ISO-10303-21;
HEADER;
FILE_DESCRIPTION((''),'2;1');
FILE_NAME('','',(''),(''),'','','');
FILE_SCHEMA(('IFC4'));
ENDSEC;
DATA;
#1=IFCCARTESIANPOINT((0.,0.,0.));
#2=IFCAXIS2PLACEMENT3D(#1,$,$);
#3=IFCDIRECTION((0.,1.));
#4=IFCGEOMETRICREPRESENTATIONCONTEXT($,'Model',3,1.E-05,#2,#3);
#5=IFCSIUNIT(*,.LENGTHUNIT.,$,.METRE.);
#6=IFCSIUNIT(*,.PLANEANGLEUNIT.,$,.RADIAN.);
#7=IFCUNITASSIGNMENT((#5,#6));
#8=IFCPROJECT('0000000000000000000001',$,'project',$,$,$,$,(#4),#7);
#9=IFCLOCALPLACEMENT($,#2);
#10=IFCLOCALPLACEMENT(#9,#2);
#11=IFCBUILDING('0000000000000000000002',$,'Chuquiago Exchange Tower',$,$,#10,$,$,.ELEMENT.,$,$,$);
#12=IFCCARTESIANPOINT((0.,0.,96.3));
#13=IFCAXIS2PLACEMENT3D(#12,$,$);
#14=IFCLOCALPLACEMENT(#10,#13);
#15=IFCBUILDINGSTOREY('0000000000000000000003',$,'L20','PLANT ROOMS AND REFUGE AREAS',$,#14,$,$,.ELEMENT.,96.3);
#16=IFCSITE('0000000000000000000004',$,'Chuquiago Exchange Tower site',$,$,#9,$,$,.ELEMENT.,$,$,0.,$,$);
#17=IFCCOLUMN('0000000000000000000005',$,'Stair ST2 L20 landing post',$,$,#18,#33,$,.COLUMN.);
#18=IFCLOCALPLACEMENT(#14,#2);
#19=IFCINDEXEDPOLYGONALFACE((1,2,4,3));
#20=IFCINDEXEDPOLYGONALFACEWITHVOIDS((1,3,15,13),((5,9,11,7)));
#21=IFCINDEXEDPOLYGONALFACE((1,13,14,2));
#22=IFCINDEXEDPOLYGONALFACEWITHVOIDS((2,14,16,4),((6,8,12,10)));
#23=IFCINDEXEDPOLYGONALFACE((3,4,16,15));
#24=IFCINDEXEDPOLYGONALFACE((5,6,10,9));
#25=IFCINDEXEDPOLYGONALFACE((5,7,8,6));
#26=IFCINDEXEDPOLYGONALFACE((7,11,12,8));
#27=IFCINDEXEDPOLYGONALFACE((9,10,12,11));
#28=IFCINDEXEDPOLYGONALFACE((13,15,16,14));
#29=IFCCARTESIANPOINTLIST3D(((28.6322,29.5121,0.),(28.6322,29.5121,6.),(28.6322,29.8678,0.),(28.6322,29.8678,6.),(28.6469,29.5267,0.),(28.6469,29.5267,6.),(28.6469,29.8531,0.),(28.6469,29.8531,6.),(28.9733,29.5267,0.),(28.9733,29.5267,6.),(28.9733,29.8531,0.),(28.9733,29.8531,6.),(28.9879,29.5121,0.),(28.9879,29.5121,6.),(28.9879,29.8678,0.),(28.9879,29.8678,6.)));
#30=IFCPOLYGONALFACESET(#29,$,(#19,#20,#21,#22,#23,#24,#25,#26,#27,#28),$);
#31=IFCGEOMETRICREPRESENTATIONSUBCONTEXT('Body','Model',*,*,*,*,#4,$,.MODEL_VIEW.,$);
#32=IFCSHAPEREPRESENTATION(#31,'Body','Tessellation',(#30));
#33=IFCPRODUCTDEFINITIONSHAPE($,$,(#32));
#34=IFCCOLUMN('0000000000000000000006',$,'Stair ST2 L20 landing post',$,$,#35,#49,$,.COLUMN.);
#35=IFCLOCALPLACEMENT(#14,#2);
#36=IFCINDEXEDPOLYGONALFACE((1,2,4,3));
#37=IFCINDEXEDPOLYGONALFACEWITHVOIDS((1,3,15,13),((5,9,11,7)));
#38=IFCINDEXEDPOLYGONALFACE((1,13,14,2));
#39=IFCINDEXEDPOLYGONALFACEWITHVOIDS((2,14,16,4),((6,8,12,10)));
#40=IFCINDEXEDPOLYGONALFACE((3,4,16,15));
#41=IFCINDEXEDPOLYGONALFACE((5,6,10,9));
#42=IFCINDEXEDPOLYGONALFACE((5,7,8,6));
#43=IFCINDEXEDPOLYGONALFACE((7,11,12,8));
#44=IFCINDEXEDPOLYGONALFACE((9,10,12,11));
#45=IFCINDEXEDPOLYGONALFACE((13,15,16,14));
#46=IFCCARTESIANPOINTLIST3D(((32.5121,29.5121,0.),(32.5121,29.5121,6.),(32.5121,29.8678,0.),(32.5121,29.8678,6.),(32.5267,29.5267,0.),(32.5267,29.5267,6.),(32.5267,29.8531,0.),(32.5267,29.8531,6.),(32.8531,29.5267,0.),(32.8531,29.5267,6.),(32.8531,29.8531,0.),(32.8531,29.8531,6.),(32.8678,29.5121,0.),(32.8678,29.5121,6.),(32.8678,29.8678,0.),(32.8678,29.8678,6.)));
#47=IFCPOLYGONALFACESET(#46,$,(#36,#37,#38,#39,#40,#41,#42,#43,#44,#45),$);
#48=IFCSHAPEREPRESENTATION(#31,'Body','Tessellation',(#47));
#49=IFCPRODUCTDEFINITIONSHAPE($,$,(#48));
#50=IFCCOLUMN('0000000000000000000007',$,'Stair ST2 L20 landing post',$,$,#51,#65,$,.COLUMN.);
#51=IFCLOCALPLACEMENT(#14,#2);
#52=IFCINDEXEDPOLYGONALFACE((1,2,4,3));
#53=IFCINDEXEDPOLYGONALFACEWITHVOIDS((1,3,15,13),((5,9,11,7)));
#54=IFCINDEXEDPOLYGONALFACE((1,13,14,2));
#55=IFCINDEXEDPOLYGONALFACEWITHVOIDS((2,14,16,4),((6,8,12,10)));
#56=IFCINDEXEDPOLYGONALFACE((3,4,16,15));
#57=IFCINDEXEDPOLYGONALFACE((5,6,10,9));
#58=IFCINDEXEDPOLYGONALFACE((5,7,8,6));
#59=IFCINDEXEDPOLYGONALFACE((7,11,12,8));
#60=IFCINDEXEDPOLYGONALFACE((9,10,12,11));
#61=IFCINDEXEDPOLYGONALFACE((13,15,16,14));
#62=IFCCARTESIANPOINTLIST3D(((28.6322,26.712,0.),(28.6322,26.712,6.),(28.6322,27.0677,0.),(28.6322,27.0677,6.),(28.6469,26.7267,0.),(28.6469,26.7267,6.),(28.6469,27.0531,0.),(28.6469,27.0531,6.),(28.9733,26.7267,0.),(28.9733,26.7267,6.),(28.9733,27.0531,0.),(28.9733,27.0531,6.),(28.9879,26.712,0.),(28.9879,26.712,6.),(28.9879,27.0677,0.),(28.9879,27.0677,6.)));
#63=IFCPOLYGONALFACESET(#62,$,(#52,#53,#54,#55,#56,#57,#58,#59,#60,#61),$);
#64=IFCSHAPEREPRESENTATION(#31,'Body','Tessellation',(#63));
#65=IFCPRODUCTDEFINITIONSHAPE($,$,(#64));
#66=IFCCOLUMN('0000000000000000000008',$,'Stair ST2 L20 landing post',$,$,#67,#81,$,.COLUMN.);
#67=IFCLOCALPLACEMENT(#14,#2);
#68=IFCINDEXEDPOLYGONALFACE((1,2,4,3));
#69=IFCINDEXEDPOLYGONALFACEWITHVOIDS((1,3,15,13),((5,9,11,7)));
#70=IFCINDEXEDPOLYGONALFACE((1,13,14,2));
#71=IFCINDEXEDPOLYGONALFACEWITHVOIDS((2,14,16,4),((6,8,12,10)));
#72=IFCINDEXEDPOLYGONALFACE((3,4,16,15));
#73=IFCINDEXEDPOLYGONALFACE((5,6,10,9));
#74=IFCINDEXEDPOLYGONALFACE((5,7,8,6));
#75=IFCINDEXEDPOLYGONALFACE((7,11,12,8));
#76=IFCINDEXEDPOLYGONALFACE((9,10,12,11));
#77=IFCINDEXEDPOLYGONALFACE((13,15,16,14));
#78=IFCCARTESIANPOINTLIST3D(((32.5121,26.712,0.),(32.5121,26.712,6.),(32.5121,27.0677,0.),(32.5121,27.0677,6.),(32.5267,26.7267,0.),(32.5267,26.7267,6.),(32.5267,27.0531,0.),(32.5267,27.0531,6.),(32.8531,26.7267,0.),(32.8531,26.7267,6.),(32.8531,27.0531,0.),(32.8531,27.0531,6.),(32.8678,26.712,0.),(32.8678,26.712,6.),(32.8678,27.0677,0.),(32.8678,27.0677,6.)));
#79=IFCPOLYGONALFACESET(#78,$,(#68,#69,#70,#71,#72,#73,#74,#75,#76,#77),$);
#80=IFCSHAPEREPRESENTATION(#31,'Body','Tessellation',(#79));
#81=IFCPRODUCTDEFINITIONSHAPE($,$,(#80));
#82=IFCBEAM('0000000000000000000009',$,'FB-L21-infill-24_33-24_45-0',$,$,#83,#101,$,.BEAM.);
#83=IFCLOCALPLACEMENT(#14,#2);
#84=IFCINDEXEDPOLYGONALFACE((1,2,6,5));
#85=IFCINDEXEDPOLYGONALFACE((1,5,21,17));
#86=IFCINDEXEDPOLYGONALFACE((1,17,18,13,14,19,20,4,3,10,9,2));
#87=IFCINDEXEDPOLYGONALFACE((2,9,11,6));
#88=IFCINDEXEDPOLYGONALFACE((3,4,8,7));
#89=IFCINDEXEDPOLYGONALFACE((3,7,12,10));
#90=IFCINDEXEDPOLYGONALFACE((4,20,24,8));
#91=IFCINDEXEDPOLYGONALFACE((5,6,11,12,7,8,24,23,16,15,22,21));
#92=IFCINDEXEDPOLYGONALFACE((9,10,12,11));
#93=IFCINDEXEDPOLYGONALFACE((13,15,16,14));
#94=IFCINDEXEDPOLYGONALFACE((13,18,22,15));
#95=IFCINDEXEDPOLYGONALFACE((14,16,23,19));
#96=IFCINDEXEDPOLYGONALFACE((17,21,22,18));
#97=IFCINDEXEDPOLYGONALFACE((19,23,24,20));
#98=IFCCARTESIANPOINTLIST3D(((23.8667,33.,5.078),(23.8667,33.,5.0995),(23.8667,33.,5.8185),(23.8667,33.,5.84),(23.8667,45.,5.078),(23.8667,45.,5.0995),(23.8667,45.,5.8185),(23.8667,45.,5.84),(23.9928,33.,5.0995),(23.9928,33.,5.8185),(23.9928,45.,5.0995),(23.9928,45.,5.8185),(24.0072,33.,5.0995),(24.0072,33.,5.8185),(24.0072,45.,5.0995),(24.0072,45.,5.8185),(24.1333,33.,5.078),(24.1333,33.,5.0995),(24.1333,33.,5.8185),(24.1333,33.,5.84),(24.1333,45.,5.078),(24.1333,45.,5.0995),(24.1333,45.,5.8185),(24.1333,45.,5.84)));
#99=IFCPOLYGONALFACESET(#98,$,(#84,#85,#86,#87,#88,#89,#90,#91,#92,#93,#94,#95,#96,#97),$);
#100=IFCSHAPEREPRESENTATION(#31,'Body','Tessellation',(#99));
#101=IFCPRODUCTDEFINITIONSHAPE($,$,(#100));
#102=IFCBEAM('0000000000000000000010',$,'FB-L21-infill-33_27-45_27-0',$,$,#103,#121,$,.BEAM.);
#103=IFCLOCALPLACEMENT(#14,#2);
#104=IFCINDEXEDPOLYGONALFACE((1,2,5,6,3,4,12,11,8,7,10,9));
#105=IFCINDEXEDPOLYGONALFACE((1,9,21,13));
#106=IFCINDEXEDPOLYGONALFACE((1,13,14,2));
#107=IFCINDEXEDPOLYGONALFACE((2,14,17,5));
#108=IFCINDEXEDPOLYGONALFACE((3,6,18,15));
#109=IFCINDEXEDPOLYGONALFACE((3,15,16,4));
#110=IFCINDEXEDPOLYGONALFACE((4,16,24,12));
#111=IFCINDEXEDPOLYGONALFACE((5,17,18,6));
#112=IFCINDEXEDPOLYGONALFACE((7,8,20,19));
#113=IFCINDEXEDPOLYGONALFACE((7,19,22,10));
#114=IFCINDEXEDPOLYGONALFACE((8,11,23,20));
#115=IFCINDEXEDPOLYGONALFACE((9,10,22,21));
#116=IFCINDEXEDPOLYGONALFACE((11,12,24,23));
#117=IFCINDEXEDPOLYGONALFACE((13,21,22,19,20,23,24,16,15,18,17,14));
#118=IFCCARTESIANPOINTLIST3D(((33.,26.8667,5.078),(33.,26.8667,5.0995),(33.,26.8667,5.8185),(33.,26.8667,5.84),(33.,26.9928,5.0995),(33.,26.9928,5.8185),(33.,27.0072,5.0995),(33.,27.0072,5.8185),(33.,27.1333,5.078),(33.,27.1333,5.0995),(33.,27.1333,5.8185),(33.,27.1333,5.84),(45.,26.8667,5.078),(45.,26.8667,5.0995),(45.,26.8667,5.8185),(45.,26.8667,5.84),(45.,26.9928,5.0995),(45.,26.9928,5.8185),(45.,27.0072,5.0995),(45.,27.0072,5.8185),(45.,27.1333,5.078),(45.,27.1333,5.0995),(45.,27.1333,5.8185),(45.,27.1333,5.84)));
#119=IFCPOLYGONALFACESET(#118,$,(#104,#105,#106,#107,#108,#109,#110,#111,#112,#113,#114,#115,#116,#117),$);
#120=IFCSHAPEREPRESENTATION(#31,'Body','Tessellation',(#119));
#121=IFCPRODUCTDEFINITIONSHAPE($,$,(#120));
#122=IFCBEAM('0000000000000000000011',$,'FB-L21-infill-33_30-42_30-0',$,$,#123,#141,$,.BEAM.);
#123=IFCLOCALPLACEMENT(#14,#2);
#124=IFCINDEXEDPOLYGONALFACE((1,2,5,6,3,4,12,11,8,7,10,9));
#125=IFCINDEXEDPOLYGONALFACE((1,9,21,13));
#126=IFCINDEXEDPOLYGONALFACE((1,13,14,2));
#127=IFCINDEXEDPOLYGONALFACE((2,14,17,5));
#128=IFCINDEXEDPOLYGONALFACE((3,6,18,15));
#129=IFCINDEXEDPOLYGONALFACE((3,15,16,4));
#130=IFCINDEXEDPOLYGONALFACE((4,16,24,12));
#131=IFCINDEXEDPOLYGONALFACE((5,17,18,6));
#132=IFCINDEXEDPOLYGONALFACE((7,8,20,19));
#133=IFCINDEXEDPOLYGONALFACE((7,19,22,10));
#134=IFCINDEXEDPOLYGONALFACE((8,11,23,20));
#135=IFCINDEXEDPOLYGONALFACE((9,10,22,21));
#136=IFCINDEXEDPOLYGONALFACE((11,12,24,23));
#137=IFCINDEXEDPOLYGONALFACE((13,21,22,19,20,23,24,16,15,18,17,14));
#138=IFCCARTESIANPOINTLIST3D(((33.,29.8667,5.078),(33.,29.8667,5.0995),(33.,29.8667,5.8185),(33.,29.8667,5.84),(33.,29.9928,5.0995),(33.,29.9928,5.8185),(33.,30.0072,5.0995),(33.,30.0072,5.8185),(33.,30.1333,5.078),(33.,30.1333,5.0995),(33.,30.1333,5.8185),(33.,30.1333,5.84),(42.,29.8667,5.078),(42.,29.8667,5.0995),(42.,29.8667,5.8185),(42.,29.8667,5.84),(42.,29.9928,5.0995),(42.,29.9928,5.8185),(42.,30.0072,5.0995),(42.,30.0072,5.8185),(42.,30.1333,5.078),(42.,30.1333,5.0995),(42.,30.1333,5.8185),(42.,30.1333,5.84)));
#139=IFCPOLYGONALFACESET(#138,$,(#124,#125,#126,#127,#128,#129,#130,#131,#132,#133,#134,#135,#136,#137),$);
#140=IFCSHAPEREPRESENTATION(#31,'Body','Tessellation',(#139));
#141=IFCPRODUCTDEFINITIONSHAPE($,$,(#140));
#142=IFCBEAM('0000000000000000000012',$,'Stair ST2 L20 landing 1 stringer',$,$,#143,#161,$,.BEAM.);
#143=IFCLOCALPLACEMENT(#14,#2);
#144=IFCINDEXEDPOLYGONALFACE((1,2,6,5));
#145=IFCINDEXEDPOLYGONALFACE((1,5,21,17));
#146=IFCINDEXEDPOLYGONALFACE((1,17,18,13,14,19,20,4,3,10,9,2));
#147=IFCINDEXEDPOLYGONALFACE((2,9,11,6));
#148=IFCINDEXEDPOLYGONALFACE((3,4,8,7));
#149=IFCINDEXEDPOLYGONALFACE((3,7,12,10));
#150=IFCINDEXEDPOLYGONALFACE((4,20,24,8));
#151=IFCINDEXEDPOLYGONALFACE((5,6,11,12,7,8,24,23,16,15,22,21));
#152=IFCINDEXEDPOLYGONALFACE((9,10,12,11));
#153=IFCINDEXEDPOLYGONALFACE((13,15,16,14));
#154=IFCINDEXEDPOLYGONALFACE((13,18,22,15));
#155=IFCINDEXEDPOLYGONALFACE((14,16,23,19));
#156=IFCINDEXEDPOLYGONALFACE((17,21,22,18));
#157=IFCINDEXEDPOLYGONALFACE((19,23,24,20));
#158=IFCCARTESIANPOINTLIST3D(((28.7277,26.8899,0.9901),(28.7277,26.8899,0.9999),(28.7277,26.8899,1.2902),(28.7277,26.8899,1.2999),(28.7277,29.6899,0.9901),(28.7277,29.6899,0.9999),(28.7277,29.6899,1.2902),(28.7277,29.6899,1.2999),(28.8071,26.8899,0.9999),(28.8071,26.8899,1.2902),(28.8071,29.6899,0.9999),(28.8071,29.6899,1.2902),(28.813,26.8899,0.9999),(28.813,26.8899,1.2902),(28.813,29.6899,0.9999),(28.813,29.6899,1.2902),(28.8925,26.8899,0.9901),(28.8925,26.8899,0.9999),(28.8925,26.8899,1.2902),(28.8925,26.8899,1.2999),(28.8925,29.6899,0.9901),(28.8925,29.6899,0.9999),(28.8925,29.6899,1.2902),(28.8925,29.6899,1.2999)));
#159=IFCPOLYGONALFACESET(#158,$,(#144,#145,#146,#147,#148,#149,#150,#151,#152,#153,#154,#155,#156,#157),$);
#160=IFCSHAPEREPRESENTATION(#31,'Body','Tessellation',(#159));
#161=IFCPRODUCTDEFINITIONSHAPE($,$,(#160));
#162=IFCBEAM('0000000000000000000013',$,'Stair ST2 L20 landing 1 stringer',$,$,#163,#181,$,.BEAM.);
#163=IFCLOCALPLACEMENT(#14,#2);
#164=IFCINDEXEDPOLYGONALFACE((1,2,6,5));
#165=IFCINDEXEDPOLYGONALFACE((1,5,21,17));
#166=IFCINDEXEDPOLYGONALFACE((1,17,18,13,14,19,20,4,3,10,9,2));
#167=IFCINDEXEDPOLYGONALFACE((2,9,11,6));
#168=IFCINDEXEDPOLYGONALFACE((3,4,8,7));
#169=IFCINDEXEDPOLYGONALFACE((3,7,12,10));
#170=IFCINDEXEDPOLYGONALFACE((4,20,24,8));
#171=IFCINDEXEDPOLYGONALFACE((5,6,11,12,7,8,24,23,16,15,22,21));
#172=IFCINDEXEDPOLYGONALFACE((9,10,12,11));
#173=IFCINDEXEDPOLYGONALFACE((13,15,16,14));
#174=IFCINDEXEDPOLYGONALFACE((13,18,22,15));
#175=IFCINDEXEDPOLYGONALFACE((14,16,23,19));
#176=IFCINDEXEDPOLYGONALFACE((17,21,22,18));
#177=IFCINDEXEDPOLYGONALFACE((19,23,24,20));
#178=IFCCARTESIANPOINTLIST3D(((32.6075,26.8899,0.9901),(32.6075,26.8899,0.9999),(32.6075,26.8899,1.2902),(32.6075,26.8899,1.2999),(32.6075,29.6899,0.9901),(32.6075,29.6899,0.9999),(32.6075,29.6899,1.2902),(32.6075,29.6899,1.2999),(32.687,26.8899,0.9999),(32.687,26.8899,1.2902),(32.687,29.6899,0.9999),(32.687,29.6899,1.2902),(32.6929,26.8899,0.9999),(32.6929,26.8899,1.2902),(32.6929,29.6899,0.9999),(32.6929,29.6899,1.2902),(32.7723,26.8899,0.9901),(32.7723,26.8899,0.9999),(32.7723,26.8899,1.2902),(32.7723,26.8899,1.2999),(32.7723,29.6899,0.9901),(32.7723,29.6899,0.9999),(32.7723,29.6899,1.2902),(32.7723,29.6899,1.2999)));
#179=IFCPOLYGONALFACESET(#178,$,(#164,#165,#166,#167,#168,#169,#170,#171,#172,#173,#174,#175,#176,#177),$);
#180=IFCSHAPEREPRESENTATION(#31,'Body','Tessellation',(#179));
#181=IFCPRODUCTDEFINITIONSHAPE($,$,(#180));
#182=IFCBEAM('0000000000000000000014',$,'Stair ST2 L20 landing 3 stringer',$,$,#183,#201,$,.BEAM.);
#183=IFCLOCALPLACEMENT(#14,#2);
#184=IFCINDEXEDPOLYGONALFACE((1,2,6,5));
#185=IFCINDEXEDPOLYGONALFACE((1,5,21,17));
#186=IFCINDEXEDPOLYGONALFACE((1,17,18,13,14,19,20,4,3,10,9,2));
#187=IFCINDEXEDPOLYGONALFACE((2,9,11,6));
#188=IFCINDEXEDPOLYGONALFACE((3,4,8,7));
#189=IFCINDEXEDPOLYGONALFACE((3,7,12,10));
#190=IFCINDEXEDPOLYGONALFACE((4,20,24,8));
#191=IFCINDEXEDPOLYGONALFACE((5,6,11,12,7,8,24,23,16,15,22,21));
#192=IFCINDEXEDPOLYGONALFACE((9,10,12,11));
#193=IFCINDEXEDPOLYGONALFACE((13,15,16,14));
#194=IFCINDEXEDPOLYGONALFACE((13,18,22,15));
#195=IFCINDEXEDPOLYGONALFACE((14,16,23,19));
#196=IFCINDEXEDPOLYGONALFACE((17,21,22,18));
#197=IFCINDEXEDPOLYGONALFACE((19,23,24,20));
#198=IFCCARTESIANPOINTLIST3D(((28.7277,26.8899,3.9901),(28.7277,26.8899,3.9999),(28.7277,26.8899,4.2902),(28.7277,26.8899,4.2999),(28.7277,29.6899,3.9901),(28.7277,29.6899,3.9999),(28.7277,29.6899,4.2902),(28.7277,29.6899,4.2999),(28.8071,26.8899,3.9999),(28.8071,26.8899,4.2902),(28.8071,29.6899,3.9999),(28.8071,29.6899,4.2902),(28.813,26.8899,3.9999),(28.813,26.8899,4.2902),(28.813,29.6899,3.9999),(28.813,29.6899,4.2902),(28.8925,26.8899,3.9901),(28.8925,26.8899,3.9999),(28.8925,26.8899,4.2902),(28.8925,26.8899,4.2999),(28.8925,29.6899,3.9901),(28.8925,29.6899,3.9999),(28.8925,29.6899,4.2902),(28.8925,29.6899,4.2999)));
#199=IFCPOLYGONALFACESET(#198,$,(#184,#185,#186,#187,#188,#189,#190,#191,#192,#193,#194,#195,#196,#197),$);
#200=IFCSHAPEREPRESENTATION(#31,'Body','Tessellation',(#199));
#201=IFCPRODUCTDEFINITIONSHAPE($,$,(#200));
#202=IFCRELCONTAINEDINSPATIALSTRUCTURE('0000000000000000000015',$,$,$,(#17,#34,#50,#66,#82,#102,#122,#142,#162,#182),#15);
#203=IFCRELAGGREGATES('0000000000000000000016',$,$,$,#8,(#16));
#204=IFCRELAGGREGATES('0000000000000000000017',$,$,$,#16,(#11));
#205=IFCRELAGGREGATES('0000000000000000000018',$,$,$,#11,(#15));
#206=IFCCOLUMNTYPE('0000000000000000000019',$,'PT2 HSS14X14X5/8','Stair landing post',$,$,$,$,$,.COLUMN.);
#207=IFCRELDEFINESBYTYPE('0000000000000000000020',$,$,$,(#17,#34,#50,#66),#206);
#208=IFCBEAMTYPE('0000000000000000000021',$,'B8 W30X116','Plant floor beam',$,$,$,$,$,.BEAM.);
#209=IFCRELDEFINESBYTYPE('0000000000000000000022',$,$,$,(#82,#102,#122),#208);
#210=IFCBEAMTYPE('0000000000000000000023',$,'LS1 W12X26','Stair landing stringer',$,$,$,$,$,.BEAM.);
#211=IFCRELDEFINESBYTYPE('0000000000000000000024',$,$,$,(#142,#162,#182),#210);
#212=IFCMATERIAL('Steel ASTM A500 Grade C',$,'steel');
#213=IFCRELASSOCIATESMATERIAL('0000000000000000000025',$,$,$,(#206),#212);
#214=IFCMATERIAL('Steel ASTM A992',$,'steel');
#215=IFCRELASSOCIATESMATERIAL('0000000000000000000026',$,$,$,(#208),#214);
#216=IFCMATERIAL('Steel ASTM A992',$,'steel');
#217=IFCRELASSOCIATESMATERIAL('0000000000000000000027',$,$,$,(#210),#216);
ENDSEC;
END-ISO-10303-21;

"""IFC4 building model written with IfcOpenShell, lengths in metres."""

from ifc_helpers import new_model, si_unit, direction, frame, origin, origin_2d, place, context, subcontext, project, spatial, hollow_rectangle, i_section, extrude, material, material_profile, profile_set, type_object, element, save


model = new_model("IFC4")

# Units and contexts
model_context = context("Model", 3, precision=1e-05, world=origin(), true_north=direction((0.0, 1.0)))
body_context = subcontext(model_context, "Body", "Model", "MODEL_VIEW")
ifc_project = project(units=[si_unit("LENGTHUNIT", "METRE"), si_unit("PLANEANGLEUNIT", "RADIAN")], contexts=[model_context])

# Site, building, storey
site_placement = place(None, origin())
site = spatial("IfcSite", under=ifc_project, at=site_placement, Name="Chuquiago Exchange Tower site", CompositionType="ELEMENT", RefElevation=0.0)
building_placement = place(site_placement, origin())
building = spatial("IfcBuilding", under=site, at=building_placement, Name="Chuquiago Exchange Tower", CompositionType="ELEMENT")
storey_placement = place(building_placement, frame((0.0, 0.0, 96.3)))
storey = spatial("IfcBuildingStorey", under=building, at=storey_placement, Name="L20", Description="PLANT ROOMS AND REFUGE AREAS", CompositionType="ELEMENT", Elevation=96.3)

# Columns
ifc_material_1 = material(Name="Steel ASTM A500 Grade C", Category="steel")
ifc_material_profile_1 = material_profile(ifc_material_1, hollow_rectangle(XDim=0.3557, YDim=0.3557, WallThickness=0.0146, at=origin_2d()), Name="HSS14X14X5/8")
ifc_profile_set_1 = profile_set([ifc_material_profile_1], Name="Steel ASTM A500 Grade C")
column_type = type_object("IfcColumnType", Name="PT2 HSS14X14X5/8", Description="Stair landing post", PredefinedType="COLUMN", material=ifc_profile_set_1)
for number, where, z_axis, x_axis, name in (
    (1, (28.8101, 29.6899, 0.0), (0.0, 0.0, 1.0), (1.0, 0.0, 0.0), "Stair ST2 L20 landing post"),
    (2, (32.6899, 29.6899, 0.0), (0.0, 0.0, 1.0), (1.0, 0.0, 0.0), "Stair ST2 L20 landing post"),
    (3, (28.8101, 26.8899, 0.0), (0.0, 0.0, 1.0), (1.0, 0.0, 0.0), "Stair ST2 L20 landing post"),
    (4, (32.6899, 26.8899, 0.0), (0.0, 0.0, 1.0), (1.0, 0.0, 0.0), "Stair ST2 L20 landing post"),
):
    element("IfcColumn", number, at=place(storey_placement, frame(where, z_axis=z_axis, x_axis=x_axis)), inside=storey, type_object=column_type, Name=name, PredefinedType="COLUMN", context=body_context, shape_type="SweptSolid", body=[
        extrude(hollow_rectangle(XDim=0.3557, YDim=0.3557, WallThickness=0.0146, at=origin_2d()), origin(), (0.0, 0.0, 1.0), 6.0),
    ])

# Beams
ifc_material_2 = material(Name="Steel ASTM A992", Category="steel")
ifc_material_profile_2 = material_profile(ifc_material_2, i_section(OverallWidth=0.2666, OverallDepth=0.762, WebThickness=0.0144, FlangeThickness=0.0215, at=origin_2d()), Name="W30X116")
ifc_profile_set_2 = profile_set([ifc_material_profile_2], Name="Steel ASTM A992")
beam_type_1 = type_object("IfcBeamType", Name="B8 W30X116", Description="Plant floor beam", PredefinedType="BEAM", material=ifc_profile_set_2)
for number, where, z_axis, x_axis, name in (
    (5, (24.0, 33.0, 5.459), (0.0, 1.0, 0.0), (-1.0, 0.0, 0.0), "FB-L21-infill-24_33-24_45-0"),
    (6, (33.0, 27.0, 5.459), (1.0, 0.0, 0.0), (0.0, 1.0, 0.0), "FB-L21-infill-33_27-45_27-0"),
):
    element("IfcBeam", number, at=place(storey_placement, frame(where, z_axis=z_axis, x_axis=x_axis)), inside=storey, type_object=beam_type_1, Name=name, PredefinedType="BEAM", context=body_context, shape_type="SweptSolid", body=[
        extrude(i_section(OverallWidth=0.2666, OverallDepth=0.762, WebThickness=0.0144, FlangeThickness=0.0215, at=origin_2d()), origin(), (0.0, 0.0, 1.0), 12.0),
    ])
beam_placement = place(storey_placement, frame((33.0, 30.0, 5.459), z_axis=(1.0, 0.0, 0.0), x_axis=(0.0, 1.0, 0.0)))
element("IfcBeam", 7, at=beam_placement, inside=storey, type_object=beam_type_1, Name="FB-L21-infill-33_30-42_30-0", PredefinedType="BEAM", context=body_context, shape_type="SweptSolid", body=[
    extrude(i_section(OverallWidth=0.2666, OverallDepth=0.762, WebThickness=0.0144, FlangeThickness=0.0215, at=origin_2d()), origin(), (0.0, 0.0, 1.0), 9.0),
])
ifc_material_3 = material(Name="Steel ASTM A992", Category="steel")
ifc_material_profile_3 = material_profile(ifc_material_3, i_section(OverallWidth=0.1648, OverallDepth=0.3098, WebThickness=0.0059, FlangeThickness=0.0098, at=origin_2d()), Name="W12X26")
ifc_profile_set_3 = profile_set([ifc_material_profile_3], Name="Steel ASTM A992")
beam_type_2 = type_object("IfcBeamType", Name="LS1 W12X26", Description="Stair landing stringer", PredefinedType="BEAM", material=ifc_profile_set_3)
for number, where, z_axis, x_axis, name in (
    (8, (28.8101, 26.8899, 1.145), (0.0, 1.0, 0.0), (-1.0, 0.0, 0.0), "Stair ST2 L20 landing 1 stringer"),
    (9, (32.6899, 26.8899, 1.145), (0.0, 1.0, 0.0), (-1.0, 0.0, 0.0), "Stair ST2 L20 landing 1 stringer"),
    (10, (28.8101, 26.8899, 4.145), (0.0, 1.0, 0.0), (-1.0, 0.0, 0.0), "Stair ST2 L20 landing 3 stringer"),
):
    element("IfcBeam", number, at=place(storey_placement, frame(where, z_axis=z_axis, x_axis=x_axis)), inside=storey, type_object=beam_type_2, Name=name, PredefinedType="BEAM", context=body_context, shape_type="SweptSolid", body=[
        extrude(i_section(OverallWidth=0.1648, OverallDepth=0.3098, WebThickness=0.0059, FlangeThickness=0.0098, at=origin_2d()), origin(), (0.0, 0.0, 1.0), 2.8),
    ])

save(model, "model.ifc")
